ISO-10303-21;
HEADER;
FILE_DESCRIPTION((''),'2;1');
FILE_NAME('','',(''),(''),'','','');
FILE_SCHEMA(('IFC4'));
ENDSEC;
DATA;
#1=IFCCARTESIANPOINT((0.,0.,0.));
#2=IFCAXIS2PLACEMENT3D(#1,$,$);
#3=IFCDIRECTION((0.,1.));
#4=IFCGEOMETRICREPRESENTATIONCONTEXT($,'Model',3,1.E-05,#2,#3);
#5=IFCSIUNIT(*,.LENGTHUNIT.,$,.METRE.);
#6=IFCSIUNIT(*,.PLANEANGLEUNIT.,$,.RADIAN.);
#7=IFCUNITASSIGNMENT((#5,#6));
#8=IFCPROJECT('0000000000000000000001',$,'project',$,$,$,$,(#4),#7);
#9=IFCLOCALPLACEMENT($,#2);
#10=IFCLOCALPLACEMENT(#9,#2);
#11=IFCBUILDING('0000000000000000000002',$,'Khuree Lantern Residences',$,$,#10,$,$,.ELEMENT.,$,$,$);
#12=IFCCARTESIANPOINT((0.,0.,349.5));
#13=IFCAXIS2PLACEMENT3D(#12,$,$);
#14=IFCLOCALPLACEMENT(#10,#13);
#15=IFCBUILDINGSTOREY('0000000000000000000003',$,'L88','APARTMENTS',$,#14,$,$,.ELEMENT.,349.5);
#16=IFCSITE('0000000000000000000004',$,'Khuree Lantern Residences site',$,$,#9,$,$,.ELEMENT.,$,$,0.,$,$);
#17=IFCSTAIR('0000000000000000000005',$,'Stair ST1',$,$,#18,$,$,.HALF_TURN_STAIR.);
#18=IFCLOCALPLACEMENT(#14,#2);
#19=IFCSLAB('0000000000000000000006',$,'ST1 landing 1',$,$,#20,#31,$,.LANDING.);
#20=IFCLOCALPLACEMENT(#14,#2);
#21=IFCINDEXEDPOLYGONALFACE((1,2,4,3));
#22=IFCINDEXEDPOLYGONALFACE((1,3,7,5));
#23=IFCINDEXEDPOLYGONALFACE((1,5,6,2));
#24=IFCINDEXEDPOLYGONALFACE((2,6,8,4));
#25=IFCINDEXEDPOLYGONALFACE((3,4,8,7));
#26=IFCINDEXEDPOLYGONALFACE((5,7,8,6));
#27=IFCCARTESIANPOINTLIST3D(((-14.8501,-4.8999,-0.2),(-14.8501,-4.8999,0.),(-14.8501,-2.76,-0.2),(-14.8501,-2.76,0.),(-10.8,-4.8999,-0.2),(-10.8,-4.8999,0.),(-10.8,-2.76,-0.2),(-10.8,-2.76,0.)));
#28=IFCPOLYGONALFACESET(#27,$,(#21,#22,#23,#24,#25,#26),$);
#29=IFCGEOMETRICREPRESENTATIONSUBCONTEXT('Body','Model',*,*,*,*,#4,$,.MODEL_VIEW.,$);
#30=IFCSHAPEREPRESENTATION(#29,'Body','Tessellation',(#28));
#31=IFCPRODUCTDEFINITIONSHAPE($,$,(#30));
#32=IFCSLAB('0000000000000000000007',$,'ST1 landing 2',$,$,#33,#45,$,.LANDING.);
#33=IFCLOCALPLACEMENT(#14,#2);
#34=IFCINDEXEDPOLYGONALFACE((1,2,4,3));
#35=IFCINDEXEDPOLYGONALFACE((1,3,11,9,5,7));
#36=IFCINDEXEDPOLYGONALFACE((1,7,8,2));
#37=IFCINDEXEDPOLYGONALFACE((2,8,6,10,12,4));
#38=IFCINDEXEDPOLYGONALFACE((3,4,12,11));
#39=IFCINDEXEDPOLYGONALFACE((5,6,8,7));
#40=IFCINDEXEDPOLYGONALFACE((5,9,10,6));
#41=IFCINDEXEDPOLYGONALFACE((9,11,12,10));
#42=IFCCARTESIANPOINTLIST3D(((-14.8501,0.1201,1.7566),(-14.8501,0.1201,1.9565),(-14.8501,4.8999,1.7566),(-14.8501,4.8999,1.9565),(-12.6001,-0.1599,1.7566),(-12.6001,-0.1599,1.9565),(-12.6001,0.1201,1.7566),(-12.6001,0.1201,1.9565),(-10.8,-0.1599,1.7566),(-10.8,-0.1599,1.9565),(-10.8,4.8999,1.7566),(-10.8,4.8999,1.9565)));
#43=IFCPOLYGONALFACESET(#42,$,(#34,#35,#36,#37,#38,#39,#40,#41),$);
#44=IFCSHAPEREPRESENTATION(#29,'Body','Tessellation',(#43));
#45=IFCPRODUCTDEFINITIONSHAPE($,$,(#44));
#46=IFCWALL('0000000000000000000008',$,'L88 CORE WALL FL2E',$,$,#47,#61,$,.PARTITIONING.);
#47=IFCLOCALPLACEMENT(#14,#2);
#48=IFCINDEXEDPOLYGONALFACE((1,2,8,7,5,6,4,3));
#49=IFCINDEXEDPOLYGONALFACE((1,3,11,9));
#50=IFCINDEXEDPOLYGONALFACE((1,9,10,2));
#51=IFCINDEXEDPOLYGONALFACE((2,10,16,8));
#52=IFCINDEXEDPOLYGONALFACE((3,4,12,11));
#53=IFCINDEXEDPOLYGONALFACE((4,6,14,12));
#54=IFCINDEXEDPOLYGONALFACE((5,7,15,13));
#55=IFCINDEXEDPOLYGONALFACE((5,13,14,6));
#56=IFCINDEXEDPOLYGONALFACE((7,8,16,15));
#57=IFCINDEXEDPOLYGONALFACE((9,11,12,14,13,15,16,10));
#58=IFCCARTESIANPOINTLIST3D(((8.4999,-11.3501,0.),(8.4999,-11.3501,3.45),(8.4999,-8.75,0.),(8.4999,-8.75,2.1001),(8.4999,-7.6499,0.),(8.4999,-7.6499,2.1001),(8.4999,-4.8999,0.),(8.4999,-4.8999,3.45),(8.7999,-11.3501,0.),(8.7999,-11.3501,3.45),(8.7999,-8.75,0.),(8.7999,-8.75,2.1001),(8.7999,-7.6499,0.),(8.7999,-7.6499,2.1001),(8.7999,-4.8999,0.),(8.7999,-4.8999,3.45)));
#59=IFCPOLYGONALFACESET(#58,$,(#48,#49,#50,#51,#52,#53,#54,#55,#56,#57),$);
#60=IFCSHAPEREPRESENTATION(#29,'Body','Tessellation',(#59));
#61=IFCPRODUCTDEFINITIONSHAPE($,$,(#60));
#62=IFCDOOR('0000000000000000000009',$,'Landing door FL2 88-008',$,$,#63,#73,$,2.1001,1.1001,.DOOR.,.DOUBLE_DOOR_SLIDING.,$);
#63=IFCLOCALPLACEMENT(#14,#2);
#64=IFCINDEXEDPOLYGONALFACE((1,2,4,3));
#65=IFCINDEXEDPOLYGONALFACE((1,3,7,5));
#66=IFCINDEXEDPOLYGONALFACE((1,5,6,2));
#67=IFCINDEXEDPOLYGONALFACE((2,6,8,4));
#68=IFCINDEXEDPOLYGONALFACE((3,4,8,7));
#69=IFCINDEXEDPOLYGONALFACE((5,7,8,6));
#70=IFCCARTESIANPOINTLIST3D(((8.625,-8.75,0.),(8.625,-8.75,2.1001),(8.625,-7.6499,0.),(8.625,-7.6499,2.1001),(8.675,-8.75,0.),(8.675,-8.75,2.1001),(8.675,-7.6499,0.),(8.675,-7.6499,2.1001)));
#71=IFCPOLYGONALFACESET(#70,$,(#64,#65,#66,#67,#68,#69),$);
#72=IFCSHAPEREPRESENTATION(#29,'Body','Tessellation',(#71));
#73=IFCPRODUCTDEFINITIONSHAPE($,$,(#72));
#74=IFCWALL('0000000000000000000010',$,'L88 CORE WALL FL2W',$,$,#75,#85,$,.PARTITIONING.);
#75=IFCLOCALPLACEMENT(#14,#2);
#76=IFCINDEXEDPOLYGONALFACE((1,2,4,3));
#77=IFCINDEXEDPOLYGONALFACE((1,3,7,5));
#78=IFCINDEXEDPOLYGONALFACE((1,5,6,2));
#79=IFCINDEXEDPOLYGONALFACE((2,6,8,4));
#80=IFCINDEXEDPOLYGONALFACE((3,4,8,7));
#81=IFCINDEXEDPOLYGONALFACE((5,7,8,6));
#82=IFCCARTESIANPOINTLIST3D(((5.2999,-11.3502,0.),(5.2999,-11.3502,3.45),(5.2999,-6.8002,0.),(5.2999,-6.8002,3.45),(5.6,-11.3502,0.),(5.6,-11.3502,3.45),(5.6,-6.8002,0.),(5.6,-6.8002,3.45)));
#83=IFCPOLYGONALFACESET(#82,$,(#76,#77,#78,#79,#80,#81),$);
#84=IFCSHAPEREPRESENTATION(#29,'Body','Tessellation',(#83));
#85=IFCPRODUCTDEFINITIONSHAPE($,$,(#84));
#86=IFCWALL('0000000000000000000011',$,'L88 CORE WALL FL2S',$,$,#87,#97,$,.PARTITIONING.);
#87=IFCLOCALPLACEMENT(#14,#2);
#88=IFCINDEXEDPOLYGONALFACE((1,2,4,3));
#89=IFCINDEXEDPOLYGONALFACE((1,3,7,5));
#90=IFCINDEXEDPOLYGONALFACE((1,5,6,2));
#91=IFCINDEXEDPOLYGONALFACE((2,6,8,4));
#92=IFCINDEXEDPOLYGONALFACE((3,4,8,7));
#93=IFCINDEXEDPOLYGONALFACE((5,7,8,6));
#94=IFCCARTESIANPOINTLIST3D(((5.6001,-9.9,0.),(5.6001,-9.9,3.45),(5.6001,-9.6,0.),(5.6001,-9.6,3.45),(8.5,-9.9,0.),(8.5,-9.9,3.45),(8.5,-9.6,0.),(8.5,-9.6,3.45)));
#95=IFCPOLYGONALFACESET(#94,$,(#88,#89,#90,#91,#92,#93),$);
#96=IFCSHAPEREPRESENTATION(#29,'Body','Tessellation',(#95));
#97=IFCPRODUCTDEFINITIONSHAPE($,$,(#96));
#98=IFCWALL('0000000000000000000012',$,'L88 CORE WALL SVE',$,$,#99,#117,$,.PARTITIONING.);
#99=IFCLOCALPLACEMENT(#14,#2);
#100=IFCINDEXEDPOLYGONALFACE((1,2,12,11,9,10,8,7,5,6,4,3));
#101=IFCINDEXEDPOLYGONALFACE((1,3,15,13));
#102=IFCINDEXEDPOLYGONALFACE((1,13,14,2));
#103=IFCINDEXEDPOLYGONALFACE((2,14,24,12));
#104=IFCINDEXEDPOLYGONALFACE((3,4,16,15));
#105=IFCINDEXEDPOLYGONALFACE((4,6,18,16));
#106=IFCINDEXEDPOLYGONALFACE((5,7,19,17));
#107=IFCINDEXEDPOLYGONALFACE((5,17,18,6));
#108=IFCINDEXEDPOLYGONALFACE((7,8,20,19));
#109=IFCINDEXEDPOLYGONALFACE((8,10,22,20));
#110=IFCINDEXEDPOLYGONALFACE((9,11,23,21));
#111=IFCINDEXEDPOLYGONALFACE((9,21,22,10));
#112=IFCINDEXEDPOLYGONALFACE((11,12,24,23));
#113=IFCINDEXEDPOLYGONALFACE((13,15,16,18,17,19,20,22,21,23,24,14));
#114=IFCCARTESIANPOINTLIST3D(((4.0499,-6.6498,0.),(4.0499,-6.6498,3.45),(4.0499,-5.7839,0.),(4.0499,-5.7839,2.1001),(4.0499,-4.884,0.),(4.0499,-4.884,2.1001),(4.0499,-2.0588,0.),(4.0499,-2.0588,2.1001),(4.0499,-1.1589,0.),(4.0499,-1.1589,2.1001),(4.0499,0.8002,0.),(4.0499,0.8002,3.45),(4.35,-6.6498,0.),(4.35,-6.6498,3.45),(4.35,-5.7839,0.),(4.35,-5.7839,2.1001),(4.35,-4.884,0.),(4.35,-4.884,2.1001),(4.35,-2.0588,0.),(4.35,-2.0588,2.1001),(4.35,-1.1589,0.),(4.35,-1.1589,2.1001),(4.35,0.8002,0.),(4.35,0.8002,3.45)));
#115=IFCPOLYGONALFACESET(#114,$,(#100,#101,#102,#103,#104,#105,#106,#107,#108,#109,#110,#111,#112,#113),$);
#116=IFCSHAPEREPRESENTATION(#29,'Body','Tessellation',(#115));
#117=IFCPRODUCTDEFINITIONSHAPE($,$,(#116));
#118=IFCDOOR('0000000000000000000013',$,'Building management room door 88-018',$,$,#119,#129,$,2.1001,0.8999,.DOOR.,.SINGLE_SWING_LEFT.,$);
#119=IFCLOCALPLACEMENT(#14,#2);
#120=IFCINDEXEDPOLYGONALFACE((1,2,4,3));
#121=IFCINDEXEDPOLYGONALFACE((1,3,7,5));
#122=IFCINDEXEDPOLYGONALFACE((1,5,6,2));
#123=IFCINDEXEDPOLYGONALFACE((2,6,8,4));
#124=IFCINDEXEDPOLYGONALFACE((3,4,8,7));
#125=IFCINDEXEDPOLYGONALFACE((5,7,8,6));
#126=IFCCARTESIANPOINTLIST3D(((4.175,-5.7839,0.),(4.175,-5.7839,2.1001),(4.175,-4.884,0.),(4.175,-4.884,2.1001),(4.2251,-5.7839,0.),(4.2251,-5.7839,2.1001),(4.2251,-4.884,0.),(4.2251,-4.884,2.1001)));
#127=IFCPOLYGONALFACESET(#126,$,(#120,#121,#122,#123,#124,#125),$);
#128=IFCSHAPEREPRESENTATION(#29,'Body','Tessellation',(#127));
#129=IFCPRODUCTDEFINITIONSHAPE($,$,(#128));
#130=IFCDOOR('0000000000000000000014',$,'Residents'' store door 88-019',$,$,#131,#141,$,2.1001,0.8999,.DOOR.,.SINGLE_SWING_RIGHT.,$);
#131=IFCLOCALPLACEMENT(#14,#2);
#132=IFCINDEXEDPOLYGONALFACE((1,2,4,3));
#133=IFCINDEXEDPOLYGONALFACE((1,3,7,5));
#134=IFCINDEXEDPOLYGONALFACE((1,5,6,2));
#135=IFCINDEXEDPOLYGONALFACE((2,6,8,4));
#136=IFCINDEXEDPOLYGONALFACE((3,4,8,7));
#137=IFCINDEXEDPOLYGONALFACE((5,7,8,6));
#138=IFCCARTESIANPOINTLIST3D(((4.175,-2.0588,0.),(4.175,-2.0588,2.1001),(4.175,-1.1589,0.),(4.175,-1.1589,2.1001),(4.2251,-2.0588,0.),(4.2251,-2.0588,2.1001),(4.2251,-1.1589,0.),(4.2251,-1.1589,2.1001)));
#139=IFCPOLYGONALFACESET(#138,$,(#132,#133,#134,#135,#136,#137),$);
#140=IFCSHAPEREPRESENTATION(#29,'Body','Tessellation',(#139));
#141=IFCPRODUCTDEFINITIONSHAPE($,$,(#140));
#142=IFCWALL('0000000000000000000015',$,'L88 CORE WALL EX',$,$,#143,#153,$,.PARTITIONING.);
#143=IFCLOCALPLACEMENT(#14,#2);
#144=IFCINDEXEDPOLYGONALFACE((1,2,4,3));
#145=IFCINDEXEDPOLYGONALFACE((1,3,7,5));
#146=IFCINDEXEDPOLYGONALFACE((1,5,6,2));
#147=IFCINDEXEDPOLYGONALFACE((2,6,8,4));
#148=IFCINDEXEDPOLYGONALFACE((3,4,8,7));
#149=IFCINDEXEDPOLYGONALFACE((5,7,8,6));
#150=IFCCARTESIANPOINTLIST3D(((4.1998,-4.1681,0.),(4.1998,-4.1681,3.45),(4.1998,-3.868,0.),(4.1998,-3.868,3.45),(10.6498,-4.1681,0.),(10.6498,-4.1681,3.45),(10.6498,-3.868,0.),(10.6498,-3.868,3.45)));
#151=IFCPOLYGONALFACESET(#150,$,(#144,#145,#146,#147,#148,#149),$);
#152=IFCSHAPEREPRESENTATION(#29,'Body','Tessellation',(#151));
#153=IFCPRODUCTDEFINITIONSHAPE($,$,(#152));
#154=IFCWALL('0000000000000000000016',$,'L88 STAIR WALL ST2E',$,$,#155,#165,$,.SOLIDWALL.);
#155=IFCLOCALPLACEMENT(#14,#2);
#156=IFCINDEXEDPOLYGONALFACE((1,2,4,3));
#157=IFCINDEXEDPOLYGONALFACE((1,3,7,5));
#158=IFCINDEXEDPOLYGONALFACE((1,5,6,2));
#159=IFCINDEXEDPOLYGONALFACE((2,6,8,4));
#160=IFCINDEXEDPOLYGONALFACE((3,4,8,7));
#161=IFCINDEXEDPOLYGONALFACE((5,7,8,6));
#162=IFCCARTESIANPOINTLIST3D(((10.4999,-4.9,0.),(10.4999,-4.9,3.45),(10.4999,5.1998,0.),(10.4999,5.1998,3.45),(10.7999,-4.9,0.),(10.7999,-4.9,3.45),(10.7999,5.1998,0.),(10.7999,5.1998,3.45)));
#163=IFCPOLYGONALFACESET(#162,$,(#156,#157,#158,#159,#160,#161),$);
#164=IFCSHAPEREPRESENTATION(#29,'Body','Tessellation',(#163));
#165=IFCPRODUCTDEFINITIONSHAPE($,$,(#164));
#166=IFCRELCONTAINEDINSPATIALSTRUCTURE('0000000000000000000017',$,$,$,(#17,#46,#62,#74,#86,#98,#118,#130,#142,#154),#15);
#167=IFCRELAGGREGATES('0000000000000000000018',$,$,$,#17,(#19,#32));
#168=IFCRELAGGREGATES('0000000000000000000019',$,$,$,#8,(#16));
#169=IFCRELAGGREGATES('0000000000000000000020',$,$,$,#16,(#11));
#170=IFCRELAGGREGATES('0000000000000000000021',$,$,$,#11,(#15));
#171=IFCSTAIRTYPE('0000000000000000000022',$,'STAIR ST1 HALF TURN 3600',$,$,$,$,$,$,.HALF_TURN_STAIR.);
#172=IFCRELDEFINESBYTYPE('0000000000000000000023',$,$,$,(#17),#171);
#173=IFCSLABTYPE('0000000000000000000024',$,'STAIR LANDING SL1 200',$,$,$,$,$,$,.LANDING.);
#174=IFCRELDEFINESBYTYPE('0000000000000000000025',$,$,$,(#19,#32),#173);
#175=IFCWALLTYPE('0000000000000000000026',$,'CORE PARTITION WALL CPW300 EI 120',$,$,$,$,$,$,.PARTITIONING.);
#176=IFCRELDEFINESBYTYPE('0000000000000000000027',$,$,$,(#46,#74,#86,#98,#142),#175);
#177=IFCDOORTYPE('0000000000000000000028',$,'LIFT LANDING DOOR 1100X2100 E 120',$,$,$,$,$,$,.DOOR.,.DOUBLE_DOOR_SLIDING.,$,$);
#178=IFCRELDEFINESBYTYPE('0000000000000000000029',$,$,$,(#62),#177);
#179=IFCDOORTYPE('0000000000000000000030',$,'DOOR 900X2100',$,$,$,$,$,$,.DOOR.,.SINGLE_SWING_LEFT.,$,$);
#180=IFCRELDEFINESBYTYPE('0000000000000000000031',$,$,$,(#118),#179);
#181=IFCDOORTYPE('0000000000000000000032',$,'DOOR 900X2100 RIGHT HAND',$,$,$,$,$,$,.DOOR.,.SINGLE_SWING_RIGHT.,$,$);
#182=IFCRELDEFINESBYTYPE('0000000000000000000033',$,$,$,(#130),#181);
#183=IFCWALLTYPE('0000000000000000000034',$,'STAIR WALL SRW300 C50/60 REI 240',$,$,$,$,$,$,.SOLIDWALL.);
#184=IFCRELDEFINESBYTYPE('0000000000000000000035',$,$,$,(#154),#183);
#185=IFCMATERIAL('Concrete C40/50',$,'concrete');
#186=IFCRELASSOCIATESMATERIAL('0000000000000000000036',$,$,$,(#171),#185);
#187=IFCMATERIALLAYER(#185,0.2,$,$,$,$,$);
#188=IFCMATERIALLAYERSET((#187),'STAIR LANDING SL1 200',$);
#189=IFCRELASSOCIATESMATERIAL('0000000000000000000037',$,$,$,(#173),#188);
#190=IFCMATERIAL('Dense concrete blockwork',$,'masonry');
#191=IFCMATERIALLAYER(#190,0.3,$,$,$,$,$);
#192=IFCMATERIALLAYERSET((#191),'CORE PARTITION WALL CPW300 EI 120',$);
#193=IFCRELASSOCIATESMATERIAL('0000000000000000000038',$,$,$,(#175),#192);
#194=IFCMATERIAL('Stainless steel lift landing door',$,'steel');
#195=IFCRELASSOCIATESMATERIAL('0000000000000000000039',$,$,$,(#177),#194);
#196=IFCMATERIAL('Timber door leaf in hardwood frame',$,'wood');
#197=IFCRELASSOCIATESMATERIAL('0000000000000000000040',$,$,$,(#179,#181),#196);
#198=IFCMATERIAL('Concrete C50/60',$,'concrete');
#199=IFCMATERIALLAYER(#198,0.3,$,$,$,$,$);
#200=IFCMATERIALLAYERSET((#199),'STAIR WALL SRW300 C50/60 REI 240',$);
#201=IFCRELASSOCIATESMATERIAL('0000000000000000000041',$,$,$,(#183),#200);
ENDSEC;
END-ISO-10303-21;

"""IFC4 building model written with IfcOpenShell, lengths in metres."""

from ifc_helpers import new_model, si_unit, direction, frame, frame_2d, origin, place, context, subcontext, project, spatial, polyline, rectangle, outline, extrude, material, layer, layer_set, type_object, element, fill, aggregate, save


model = new_model("IFC4")

# Units and contexts
model_context = context("Model", 3, precision=1e-05, world=origin(), true_north=direction((0.0, 1.0)))
body_context = subcontext(model_context, "Body", "Model", "MODEL_VIEW")
ifc_project = project(units=[si_unit("LENGTHUNIT", "METRE"), si_unit("PLANEANGLEUNIT", "RADIAN")], contexts=[model_context])

# Site, building, storey
site_placement = place(None, origin())
site = spatial("IfcSite", under=ifc_project, at=site_placement, Name="Khuree Lantern Residences site", CompositionType="ELEMENT", RefElevation=0.0)
building_placement = place(site_placement, origin())
building = spatial("IfcBuilding", under=site, at=building_placement, Name="Khuree Lantern Residences", CompositionType="ELEMENT")
storey_placement = place(building_placement, frame((0.0, 0.0, 349.5)))
storey = spatial("IfcBuildingStorey", under=building, at=storey_placement, Name="L88", Description="APARTMENTS", CompositionType="ELEMENT", Elevation=349.5)

# Stair, slabs
ifc_material_1 = material(Name="Concrete C40/50", Category="concrete")
stair_type = type_object("IfcStairType", Name="STAIR ST1 HALF TURN 3600", PredefinedType="HALF_TURN_STAIR", material=ifc_material_1)
stair_1_placement = place(storey_placement, origin())
stair_1 = element("IfcStair", 1, at=stair_1_placement, inside=storey, type_object=stair_type, Name="Stair ST1", PredefinedType="HALF_TURN_STAIR")
ifc_layer_1 = layer(ifc_material_1, 0.2)
ifc_layer_set_1 = layer_set([ifc_layer_1], Name="STAIR LANDING SL1 200")
slab_type = type_object("IfcSlabType", Name="STAIR LANDING SL1 200", PredefinedType="LANDING", material=ifc_layer_set_1)
slab_1_placement = place(storey_placement, frame((0.0, 0.0, -0.2)))
slab_1 = element("IfcSlab", 2, at=slab_1_placement, type_object=slab_type, Name="ST1 landing 1", PredefinedType="LANDING", context=body_context, shape_type="SweptSolid", body=[
    extrude(outline(polyline([(-14.8501, -4.8999), (-10.8, -4.8999), (-10.8, -2.76), (-14.8501, -2.76), (-14.8501, -4.8999)])), origin(), (0.0, 0.0, 1.0), 0.2),
])
slab_2_placement = place(storey_placement, frame((0.0, 0.0, 1.7566)))
slab_2 = element("IfcSlab", 3, at=slab_2_placement, type_object=slab_type, Name="ST1 landing 2", PredefinedType="LANDING", context=body_context, shape_type="SweptSolid", body=[
    extrude(outline(polyline([(-14.8501, 0.1201), (-14.8501, 4.8999), (-10.8, 4.8999), (-10.8, -0.1599), (-12.6001, -0.1599), (-12.6001, 0.1201), (-14.8501, 0.1201)])), origin(), (0.0, 0.0, 1.0), 0.2),
])
aggregate(stair_1, [slab_1, slab_2])

# Wall, opening, door
ifc_material_2 = material(Name="Dense concrete blockwork", Category="masonry")
ifc_layer_2 = layer(ifc_material_2, 0.3)
ifc_layer_set_2 = layer_set([ifc_layer_2], Name="CORE PARTITION WALL CPW300 EI 120")
wall_type_1 = type_object("IfcWallType", Name="CORE PARTITION WALL CPW300 EI 120", PredefinedType="PARTITIONING", material=ifc_layer_set_2)
wall_1_placement = place(storey_placement, frame((8.6499, -11.3501, 0.0), z_axis=(0.0, 0.0, 1.0), x_axis=(0.0, 1.0, 0.0)))
wall_1 = element("IfcWall", 4, at=wall_1_placement, inside=storey, type_object=wall_type_1, Name="L88 CORE WALL FL2E", PredefinedType="PARTITIONING", context=body_context, shape_type="SweptSolid", body=[
    extrude(rectangle(XDim=6.4502, YDim=0.3, at=frame_2d((3.2251, 0.0))), origin(), (0.0, 0.0, 1.0), 3.45),
])
opening_1_placement = place(wall_1_placement, frame((2.6001, 0.0, 0.0)))
opening_1 = element("IfcOpeningElement", 5, at=opening_1_placement, cuts=wall_1, PredefinedType="OPENING", context=body_context, shape_type="SweptSolid", body=[
    extrude(rectangle(XDim=1.1001, YDim=2.1001, at=frame_2d((0.55, 1.05))), frame((0.0, 0.1602, 0.0), z_axis=(0.0, -1.0, 0.0), x_axis=(1.0, 0.0, 0.0)), (0.0, 0.0, 1.0), 0.3201),
])
ifc_material_3 = material(Name="Stainless steel lift landing door", Category="steel")
door_type_1 = type_object("IfcDoorType", Name="LIFT LANDING DOOR 1100X2100 E 120", OperationType="DOUBLE_DOOR_SLIDING", PredefinedType="DOOR", material=ifc_material_3)
door_1_placement = place(opening_1_placement, origin())
door_1 = element("IfcDoor", 6, at=door_1_placement, inside=storey, type_object=door_type_1, Name="Landing door FL2 88-008", OperationType="DOUBLE_DOOR_SLIDING", OverallHeight=2.1001, OverallWidth=1.1001, PredefinedType="DOOR", context=body_context, shape_type="SweptSolid", body=[
    extrude(rectangle(XDim=1.1001, YDim=2.1001, at=frame_2d((0.55, 1.05))), frame((0.0, 0.0249, 0.0), z_axis=(0.0, -1.0, 0.0), x_axis=(1.0, 0.0, 0.0)), (0.0, 0.0, 1.0), 0.05),
])
fill(opening_1, door_1)

# Walls
wall_2_placement = place(storey_placement, frame((5.45, -11.3501, 0.0), z_axis=(0.0, 0.0, 1.0), x_axis=(0.0, 1.0, 0.0)))
element("IfcWall", 7, at=wall_2_placement, inside=storey, type_object=wall_type_1, Name="L88 CORE WALL FL2W", PredefinedType="PARTITIONING", context=body_context, shape_type="SweptSolid", body=[
    extrude(rectangle(XDim=4.55, YDim=0.3, at=frame_2d((2.2749, 0.0))), origin(), (0.0, 0.0, 1.0), 3.45),
])
wall_3_placement = place(storey_placement, frame((5.6001, -9.75, 0.0), z_axis=(0.0, 0.0, 1.0), x_axis=(1.0, 0.0, 0.0)))
element("IfcWall", 8, at=wall_3_placement, inside=storey, type_object=wall_type_1, Name="L88 CORE WALL FL2S", PredefinedType="PARTITIONING", context=body_context, shape_type="SweptSolid", body=[
    extrude(rectangle(XDim=2.8999, YDim=0.3, at=frame_2d((1.45, 0.0))), origin(), (0.0, 0.0, 1.0), 3.45),
])

# Wall, openings, doors
wall_4_placement = place(storey_placement, frame((4.2, -6.6499, 0.0), z_axis=(0.0, 0.0, 1.0), x_axis=(0.0, 1.0, 0.0)))
wall_4 = element("IfcWall", 9, at=wall_4_placement, inside=storey, type_object=wall_type_1, Name="L88 CORE WALL SVE", PredefinedType="PARTITIONING", context=body_context, shape_type="SweptSolid", body=[
    extrude(rectangle(XDim=7.45, YDim=0.3, at=frame_2d((3.7251, 0.0))), origin(), (0.0, 0.0, 1.0), 3.45),
])
opening_2_placement = place(wall_4_placement, frame((0.866, 0.0, 0.0)))
opening_2 = element("IfcOpeningElement", 10, at=opening_2_placement, cuts=wall_4, PredefinedType="OPENING", context=body_context, shape_type="SweptSolid", body=[
    extrude(rectangle(XDim=0.8999, YDim=2.1001, at=frame_2d((0.45, 1.05))), frame((0.0, 0.1602, 0.0), z_axis=(0.0, -1.0, 0.0), x_axis=(1.0, 0.0, 0.0)), (0.0, 0.0, 1.0), 0.3201),
])
opening_3_placement = place(wall_4_placement, frame((4.5911, 0.0, 0.0)))
opening_3 = element("IfcOpeningElement", 11, at=opening_3_placement, cuts=wall_4, PredefinedType="OPENING", context=body_context, shape_type="SweptSolid", body=[
    extrude(rectangle(XDim=0.8999, YDim=2.1001, at=frame_2d((0.45, 1.05))), frame((0.0, 0.1602, 0.0), z_axis=(0.0, -1.0, 0.0), x_axis=(1.0, 0.0, 0.0)), (0.0, 0.0, 1.0), 0.3201),
])
ifc_material_4 = material(Name="Timber door leaf in hardwood frame", Category="wood")
door_type_2 = type_object("IfcDoorType", Name="DOOR 900X2100", OperationType="SINGLE_SWING_LEFT", PredefinedType="DOOR", material=ifc_material_4)
door_2_placement = place(opening_2_placement, origin())
door_2 = element("IfcDoor", 12, at=door_2_placement, inside=storey, type_object=door_type_2, Name="Building management room door 88-018", OperationType="SINGLE_SWING_LEFT", OverallHeight=2.1001, OverallWidth=0.8999, PredefinedType="DOOR", context=body_context, shape_type="SweptSolid", body=[
    extrude(rectangle(XDim=0.8999, YDim=2.1001, at=frame_2d((0.45, 1.05))), frame((0.0, 0.0249, 0.0), z_axis=(0.0, -1.0, 0.0), x_axis=(1.0, 0.0, 0.0)), (0.0, 0.0, 1.0), 0.05),
])
fill(opening_2, door_2)
door_type_3 = type_object("IfcDoorType", Name="DOOR 900X2100 RIGHT HAND", OperationType="SINGLE_SWING_RIGHT", PredefinedType="DOOR", material=ifc_material_4)
door_3_placement = place(opening_3_placement, origin())
door_3 = element("IfcDoor", 13, at=door_3_placement, inside=storey, type_object=door_type_3, Name="Residents' store door 88-019", OperationType="SINGLE_SWING_RIGHT", OverallHeight=2.1001, OverallWidth=0.8999, PredefinedType="DOOR", context=body_context, shape_type="SweptSolid", body=[
    extrude(rectangle(XDim=0.8999, YDim=2.1001, at=frame_2d((0.45, 1.05))), frame((0.0, 0.0249, 0.0), z_axis=(0.0, -1.0, 0.0), x_axis=(1.0, 0.0, 0.0)), (0.0, 0.0, 1.0), 0.05),
])
fill(opening_3, door_3)

# Walls
wall_5_placement = place(storey_placement, frame((10.6499, -4.0181, 0.0), z_axis=(0.0, 0.0, 1.0), x_axis=(-1.0, 0.0, 0.0)))
element("IfcWall", 14, at=wall_5_placement, inside=storey, type_object=wall_type_1, Name="L88 CORE WALL EX", PredefinedType="PARTITIONING", context=body_context, shape_type="SweptSolid", body=[
    extrude(rectangle(XDim=6.45, YDim=0.3, at=frame_2d((3.2251, 0.0))), origin(), (0.0, 0.0, 1.0), 3.45),
])
ifc_material_5 = material(Name="Concrete C50/60", Category="concrete")
ifc_layer_3 = layer(ifc_material_5, 0.3)
ifc_layer_set_3 = layer_set([ifc_layer_3], Name="STAIR WALL SRW300 C50/60 REI 240")
wall_type_2 = type_object("IfcWallType", Name="STAIR WALL SRW300 C50/60 REI 240", PredefinedType="SOLIDWALL", material=ifc_layer_set_3)
wall_6_placement = place(storey_placement, frame((10.6499, -4.8999, 0.0), z_axis=(0.0, 0.0, 1.0), x_axis=(0.0, 1.0, 0.0)))
element("IfcWall", 15, at=wall_6_placement, inside=storey, type_object=wall_type_2, Name="L88 STAIR WALL ST2E", PredefinedType="SOLIDWALL", context=body_context, shape_type="SweptSolid", body=[
    extrude(rectangle(XDim=10.0999, YDim=0.3, at=frame_2d((5.0498, 0.0))), origin(), (0.0, 0.0, 1.0), 3.45),
])

save(model, "model.ifc")
